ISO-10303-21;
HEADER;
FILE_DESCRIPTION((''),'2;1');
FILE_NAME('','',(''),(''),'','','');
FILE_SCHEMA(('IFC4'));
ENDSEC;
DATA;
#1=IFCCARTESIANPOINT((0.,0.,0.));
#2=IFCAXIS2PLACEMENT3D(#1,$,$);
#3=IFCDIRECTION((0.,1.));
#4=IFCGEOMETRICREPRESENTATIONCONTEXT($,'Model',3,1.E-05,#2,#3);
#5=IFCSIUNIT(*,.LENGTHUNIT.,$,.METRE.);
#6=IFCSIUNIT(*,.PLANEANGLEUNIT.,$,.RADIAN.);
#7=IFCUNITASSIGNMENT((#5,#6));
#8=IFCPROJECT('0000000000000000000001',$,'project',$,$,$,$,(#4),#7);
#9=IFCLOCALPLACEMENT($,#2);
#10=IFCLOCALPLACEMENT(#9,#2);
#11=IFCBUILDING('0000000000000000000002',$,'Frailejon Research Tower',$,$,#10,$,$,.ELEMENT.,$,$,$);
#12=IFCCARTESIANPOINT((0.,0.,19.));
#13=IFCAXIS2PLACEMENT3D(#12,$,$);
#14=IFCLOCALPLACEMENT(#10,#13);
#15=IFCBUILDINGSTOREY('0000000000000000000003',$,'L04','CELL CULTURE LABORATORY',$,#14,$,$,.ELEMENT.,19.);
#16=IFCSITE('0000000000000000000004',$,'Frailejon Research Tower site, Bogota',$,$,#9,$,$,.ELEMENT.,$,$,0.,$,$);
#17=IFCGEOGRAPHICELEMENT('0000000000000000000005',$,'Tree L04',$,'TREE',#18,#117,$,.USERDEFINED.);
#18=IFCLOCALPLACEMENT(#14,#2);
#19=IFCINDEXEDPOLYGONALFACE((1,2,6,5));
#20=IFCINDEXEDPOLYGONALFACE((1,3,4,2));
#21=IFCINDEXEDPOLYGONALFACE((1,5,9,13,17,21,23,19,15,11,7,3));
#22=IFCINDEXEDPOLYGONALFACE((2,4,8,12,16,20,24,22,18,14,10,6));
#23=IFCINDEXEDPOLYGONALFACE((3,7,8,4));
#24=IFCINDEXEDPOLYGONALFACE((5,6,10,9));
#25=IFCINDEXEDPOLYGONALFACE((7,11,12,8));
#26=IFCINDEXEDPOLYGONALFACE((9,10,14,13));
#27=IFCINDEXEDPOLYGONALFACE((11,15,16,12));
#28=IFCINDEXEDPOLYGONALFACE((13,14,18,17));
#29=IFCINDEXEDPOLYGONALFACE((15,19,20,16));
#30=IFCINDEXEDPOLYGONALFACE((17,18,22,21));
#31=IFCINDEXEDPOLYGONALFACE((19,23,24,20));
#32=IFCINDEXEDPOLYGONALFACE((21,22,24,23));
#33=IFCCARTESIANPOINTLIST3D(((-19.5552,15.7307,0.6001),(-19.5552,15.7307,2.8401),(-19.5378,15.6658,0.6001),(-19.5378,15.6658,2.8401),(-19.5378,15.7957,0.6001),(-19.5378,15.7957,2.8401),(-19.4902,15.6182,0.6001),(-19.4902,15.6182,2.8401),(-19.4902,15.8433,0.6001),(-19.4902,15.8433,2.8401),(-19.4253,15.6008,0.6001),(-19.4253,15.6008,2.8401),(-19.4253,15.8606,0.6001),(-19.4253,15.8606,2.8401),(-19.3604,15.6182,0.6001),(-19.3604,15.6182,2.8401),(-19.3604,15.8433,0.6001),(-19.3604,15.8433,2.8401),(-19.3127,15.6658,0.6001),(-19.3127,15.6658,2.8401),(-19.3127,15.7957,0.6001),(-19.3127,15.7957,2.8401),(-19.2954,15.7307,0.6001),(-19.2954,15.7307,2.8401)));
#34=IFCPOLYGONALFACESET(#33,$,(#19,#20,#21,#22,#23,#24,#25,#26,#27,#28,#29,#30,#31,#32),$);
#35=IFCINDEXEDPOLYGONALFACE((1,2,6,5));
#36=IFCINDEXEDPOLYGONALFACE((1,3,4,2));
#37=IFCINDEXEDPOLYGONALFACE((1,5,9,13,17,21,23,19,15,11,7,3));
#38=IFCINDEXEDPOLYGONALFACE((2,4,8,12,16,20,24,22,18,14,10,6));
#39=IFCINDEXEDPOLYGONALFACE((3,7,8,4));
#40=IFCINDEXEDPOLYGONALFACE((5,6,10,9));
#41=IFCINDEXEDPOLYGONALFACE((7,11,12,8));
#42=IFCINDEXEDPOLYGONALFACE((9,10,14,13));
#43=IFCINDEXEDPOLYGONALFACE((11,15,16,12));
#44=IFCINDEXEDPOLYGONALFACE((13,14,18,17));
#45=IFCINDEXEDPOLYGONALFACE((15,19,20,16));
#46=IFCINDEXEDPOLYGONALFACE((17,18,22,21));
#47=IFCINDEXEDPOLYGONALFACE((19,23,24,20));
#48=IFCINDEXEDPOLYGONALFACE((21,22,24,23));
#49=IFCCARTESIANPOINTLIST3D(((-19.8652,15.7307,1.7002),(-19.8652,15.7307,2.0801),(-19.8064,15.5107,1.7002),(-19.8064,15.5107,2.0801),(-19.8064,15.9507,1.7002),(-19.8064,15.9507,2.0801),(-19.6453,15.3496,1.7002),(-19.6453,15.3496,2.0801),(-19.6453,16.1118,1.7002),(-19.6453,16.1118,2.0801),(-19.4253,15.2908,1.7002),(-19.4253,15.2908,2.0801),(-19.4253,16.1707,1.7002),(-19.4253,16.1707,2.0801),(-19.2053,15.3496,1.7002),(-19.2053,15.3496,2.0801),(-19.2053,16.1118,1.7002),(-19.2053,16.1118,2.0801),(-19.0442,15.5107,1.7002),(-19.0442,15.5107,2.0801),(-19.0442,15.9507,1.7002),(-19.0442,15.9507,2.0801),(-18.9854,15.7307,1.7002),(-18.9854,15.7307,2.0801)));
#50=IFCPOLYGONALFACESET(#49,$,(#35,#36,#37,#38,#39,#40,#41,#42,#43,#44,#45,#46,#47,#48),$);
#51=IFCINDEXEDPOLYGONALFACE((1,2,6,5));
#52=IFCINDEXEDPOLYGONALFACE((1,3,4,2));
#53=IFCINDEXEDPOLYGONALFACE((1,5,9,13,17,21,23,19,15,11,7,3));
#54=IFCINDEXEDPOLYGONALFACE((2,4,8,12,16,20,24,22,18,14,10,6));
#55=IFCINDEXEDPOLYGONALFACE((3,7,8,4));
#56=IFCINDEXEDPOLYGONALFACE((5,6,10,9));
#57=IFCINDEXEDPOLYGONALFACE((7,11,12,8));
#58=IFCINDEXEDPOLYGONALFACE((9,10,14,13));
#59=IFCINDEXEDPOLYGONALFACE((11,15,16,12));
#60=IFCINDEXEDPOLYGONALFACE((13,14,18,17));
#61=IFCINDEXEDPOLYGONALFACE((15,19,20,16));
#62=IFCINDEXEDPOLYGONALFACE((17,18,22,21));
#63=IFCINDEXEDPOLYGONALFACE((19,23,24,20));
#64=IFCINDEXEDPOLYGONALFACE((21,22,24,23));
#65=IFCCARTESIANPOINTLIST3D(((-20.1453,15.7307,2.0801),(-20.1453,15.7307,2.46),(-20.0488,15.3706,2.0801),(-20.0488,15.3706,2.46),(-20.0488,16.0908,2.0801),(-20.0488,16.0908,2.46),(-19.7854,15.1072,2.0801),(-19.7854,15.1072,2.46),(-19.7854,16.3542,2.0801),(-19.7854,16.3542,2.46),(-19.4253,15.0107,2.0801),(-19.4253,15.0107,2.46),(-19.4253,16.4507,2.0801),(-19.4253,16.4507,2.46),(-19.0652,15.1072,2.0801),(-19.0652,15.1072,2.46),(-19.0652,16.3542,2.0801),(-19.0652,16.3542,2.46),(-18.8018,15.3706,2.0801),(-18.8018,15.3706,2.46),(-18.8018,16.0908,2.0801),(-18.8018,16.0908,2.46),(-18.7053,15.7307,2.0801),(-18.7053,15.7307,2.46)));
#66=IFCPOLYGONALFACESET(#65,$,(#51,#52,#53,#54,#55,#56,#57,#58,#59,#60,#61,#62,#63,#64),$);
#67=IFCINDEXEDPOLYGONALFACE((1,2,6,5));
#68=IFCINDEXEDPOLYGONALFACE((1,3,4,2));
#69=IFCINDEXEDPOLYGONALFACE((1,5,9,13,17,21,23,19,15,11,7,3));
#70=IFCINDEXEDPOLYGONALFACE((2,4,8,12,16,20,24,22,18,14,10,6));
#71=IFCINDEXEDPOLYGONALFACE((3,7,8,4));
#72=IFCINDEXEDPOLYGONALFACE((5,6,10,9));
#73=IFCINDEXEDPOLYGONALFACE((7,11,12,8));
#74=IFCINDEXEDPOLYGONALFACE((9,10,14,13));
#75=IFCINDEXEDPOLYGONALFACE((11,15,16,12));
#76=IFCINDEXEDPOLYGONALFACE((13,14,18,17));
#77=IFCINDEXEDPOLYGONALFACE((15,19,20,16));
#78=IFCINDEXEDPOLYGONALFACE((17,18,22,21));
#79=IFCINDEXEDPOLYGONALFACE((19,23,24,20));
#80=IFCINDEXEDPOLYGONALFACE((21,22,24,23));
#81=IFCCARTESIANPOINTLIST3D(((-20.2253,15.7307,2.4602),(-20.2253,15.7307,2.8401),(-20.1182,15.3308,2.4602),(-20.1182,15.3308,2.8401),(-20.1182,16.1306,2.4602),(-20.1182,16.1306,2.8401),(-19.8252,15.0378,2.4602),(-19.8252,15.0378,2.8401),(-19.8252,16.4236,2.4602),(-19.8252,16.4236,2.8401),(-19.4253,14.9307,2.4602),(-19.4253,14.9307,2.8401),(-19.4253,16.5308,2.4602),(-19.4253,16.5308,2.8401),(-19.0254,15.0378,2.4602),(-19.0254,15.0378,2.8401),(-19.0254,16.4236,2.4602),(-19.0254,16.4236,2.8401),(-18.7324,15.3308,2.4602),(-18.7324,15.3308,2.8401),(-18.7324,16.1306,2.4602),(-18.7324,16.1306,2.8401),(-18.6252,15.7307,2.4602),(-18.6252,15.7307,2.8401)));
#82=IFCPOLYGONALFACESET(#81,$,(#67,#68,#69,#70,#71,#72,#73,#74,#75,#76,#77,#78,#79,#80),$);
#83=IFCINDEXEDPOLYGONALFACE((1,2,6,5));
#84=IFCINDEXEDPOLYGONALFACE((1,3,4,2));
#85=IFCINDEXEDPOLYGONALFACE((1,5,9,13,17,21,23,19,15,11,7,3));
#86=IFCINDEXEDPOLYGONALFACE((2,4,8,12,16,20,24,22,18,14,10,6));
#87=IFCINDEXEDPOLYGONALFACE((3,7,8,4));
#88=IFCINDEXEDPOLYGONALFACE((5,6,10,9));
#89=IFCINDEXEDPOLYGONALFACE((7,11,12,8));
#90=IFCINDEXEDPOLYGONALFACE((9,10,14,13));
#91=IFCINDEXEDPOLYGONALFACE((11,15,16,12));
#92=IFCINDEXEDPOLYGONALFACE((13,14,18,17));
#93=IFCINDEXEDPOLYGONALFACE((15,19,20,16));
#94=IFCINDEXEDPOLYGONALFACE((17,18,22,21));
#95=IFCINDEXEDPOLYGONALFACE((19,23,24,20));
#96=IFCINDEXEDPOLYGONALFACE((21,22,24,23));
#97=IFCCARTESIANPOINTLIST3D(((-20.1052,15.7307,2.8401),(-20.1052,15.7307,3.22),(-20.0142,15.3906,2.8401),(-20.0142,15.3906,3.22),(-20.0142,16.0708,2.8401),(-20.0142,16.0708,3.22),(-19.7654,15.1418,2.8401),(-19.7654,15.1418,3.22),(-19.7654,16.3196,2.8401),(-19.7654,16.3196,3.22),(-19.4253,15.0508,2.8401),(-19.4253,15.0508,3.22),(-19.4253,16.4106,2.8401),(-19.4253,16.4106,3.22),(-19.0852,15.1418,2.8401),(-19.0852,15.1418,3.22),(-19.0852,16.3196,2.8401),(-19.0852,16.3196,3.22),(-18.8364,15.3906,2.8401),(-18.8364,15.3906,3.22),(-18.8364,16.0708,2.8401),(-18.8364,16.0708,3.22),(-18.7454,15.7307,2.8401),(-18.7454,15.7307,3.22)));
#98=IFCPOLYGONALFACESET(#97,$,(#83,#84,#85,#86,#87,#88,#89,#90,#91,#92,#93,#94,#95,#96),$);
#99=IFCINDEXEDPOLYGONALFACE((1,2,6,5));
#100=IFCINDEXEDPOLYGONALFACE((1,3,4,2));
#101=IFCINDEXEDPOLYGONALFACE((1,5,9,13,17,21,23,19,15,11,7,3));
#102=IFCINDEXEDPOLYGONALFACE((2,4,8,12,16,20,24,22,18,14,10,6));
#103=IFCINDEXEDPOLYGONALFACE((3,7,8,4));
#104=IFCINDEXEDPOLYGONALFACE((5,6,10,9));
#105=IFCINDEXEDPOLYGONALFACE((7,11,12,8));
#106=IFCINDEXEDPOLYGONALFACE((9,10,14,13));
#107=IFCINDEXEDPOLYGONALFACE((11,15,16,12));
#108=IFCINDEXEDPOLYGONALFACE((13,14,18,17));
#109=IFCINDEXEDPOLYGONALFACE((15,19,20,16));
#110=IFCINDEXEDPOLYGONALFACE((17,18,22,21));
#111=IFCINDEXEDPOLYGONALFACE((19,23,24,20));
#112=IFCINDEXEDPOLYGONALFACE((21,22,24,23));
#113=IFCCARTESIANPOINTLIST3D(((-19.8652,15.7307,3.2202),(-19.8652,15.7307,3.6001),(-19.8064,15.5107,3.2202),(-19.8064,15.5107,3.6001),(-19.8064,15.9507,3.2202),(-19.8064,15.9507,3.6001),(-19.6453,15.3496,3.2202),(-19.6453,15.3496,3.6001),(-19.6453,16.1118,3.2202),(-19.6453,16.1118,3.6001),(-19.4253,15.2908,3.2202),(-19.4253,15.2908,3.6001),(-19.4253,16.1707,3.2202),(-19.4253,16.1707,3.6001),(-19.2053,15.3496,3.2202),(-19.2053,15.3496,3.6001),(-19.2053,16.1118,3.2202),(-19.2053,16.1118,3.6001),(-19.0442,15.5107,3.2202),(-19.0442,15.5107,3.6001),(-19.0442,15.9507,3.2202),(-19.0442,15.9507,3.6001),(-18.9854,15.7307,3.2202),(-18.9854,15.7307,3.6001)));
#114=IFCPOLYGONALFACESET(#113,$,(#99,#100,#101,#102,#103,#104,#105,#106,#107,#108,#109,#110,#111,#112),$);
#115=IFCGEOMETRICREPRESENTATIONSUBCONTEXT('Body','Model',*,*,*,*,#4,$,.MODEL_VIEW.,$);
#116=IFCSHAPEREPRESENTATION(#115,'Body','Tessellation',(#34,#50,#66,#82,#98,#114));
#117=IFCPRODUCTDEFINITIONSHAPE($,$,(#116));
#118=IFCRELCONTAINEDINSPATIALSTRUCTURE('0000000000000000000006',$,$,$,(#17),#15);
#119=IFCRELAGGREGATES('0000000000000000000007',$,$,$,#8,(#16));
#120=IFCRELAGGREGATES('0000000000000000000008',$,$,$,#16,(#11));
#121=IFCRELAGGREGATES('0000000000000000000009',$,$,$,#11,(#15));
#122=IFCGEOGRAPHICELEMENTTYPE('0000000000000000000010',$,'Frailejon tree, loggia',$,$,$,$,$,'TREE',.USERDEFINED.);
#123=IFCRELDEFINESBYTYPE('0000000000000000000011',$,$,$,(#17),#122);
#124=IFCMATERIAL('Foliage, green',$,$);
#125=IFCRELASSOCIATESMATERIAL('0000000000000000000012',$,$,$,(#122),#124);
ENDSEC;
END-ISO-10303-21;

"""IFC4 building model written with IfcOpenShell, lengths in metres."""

from ifc_helpers import new_model, si_unit, direction, frame, origin, place, context, subcontext, project, spatial, polyline, outline, extrude, material, type_object, element, save


model = new_model("IFC4")

# Units and contexts
model_context = context("Model", 3, precision=1e-05, world=origin(), true_north=direction((0.0, 1.0)))
body_context = subcontext(model_context, "Body", "Model", "MODEL_VIEW")
ifc_project = project(units=[si_unit("LENGTHUNIT", "METRE"), si_unit("PLANEANGLEUNIT", "RADIAN")], contexts=[model_context])

# Site, building, storey
site_placement = place(None, origin())
site = spatial("IfcSite", under=ifc_project, at=site_placement, Name="Frailejon Research Tower site, Bogota", CompositionType="ELEMENT", RefElevation=0.0)
building_placement = place(site_placement, origin())
building = spatial("IfcBuilding", under=site, at=building_placement, Name="Frailejon Research Tower", CompositionType="ELEMENT")
storey_placement = place(building_placement, frame((0.0, 0.0, 19.0)))
storey = spatial("IfcBuildingStorey", under=building, at=storey_placement, Name="L04", Description="CELL CULTURE LABORATORY", CompositionType="ELEMENT", Elevation=19.0)

# Geographic element
ifc_material_1 = material(Name="Foliage, green")
geographic_element_type = type_object("IfcGeographicElementType", Name="Frailejon tree, loggia", ElementType="TREE", PredefinedType="USERDEFINED", material=ifc_material_1)
geographic_element_placement = place(storey_placement, frame((-19.4253, 15.7307, 0.6001)))
element("IfcGeographicElement", 1, at=geographic_element_placement, inside=storey, type_object=geographic_element_type, Name="Tree L04", ObjectType="TREE", PredefinedType="USERDEFINED", context=body_context, shape_type="SweptSolid", body=[
    extrude(outline(polyline([(0.1299, 0.0), (0.1125, 0.0649), (0.0649, 0.1125), (0.0, 0.1299), (-0.0649, 0.1125), (-0.1125, 0.0649), (-0.1299, 0.0), (-0.1125, -0.0649), (-0.0649, -0.1125), (0.0, -0.1299), (0.0649, -0.1125), (0.1125, -0.0649), (0.1299, 0.0)])), origin(), (0.0, 0.0, 1.0), 2.24),
    extrude(outline(polyline([(0.4399, 0.0), (0.3811, 0.22), (0.22, 0.3811), (0.0, 0.4399), (-0.22, 0.3811), (-0.3811, 0.22), (-0.4399, 0.0), (-0.3811, -0.22), (-0.22, -0.3811), (0.0, -0.4399), (0.22, -0.3811), (0.3811, -0.22), (0.4399, 0.0)])), frame((0.0, 0.0, 1.1001)), (0.0, 0.0, 1.0), 0.3799),
    extrude(outline(polyline([(0.72, 0.0), (0.6235, 0.3601), (0.3601, 0.6235), (0.0, 0.72), (-0.3601, 0.6235), (-0.6235, 0.3601), (-0.72, 0.0), (-0.6235, -0.3601), (-0.3601, -0.6235), (0.0, -0.72), (0.3601, -0.6235), (0.6235, -0.3601), (0.72, 0.0)])), frame((0.0, 0.0, 1.48)), (0.0, 0.0, 1.0), 0.3799),
    extrude(outline(polyline([(0.8, 0.0), (0.6929, 0.3999), (0.3999, 0.6929), (0.0, 0.8), (-0.3999, 0.6929), (-0.6929, 0.3999), (-0.8, 0.0), (-0.6929, -0.3999), (-0.3999, -0.6929), (0.0, -0.8), (0.3999, -0.6929), (0.6929, -0.3999), (0.8, 0.0)])), frame((0.0, 0.0, 1.8601)), (0.0, 0.0, 1.0), 0.3799),
    extrude(outline(polyline([(0.6799, 0.0), (0.5889, 0.3401), (0.3401, 0.5889), (0.0, 0.6799), (-0.3401, 0.5889), (-0.5889, 0.3401), (-0.6799, 0.0), (-0.5889, -0.3401), (-0.3401, -0.5889), (0.0, -0.6799), (0.3401, -0.5889), (0.5889, -0.3401), (0.6799, 0.0)])), frame((0.0, 0.0, 2.24)), (0.0, 0.0, 1.0), 0.3799),
    extrude(outline(polyline([(0.4399, 0.0), (0.3811, 0.22), (0.22, 0.3811), (0.0, 0.4399), (-0.22, 0.3811), (-0.3811, 0.22), (-0.4399, 0.0), (-0.3811, -0.22), (-0.22, -0.3811), (0.0, -0.4399), (0.22, -0.3811), (0.3811, -0.22), (0.4399, 0.0)])), frame((0.0, 0.0, 2.6201)), (0.0, 0.0, 1.0), 0.3799),
])

save(model, "model.ifc")
